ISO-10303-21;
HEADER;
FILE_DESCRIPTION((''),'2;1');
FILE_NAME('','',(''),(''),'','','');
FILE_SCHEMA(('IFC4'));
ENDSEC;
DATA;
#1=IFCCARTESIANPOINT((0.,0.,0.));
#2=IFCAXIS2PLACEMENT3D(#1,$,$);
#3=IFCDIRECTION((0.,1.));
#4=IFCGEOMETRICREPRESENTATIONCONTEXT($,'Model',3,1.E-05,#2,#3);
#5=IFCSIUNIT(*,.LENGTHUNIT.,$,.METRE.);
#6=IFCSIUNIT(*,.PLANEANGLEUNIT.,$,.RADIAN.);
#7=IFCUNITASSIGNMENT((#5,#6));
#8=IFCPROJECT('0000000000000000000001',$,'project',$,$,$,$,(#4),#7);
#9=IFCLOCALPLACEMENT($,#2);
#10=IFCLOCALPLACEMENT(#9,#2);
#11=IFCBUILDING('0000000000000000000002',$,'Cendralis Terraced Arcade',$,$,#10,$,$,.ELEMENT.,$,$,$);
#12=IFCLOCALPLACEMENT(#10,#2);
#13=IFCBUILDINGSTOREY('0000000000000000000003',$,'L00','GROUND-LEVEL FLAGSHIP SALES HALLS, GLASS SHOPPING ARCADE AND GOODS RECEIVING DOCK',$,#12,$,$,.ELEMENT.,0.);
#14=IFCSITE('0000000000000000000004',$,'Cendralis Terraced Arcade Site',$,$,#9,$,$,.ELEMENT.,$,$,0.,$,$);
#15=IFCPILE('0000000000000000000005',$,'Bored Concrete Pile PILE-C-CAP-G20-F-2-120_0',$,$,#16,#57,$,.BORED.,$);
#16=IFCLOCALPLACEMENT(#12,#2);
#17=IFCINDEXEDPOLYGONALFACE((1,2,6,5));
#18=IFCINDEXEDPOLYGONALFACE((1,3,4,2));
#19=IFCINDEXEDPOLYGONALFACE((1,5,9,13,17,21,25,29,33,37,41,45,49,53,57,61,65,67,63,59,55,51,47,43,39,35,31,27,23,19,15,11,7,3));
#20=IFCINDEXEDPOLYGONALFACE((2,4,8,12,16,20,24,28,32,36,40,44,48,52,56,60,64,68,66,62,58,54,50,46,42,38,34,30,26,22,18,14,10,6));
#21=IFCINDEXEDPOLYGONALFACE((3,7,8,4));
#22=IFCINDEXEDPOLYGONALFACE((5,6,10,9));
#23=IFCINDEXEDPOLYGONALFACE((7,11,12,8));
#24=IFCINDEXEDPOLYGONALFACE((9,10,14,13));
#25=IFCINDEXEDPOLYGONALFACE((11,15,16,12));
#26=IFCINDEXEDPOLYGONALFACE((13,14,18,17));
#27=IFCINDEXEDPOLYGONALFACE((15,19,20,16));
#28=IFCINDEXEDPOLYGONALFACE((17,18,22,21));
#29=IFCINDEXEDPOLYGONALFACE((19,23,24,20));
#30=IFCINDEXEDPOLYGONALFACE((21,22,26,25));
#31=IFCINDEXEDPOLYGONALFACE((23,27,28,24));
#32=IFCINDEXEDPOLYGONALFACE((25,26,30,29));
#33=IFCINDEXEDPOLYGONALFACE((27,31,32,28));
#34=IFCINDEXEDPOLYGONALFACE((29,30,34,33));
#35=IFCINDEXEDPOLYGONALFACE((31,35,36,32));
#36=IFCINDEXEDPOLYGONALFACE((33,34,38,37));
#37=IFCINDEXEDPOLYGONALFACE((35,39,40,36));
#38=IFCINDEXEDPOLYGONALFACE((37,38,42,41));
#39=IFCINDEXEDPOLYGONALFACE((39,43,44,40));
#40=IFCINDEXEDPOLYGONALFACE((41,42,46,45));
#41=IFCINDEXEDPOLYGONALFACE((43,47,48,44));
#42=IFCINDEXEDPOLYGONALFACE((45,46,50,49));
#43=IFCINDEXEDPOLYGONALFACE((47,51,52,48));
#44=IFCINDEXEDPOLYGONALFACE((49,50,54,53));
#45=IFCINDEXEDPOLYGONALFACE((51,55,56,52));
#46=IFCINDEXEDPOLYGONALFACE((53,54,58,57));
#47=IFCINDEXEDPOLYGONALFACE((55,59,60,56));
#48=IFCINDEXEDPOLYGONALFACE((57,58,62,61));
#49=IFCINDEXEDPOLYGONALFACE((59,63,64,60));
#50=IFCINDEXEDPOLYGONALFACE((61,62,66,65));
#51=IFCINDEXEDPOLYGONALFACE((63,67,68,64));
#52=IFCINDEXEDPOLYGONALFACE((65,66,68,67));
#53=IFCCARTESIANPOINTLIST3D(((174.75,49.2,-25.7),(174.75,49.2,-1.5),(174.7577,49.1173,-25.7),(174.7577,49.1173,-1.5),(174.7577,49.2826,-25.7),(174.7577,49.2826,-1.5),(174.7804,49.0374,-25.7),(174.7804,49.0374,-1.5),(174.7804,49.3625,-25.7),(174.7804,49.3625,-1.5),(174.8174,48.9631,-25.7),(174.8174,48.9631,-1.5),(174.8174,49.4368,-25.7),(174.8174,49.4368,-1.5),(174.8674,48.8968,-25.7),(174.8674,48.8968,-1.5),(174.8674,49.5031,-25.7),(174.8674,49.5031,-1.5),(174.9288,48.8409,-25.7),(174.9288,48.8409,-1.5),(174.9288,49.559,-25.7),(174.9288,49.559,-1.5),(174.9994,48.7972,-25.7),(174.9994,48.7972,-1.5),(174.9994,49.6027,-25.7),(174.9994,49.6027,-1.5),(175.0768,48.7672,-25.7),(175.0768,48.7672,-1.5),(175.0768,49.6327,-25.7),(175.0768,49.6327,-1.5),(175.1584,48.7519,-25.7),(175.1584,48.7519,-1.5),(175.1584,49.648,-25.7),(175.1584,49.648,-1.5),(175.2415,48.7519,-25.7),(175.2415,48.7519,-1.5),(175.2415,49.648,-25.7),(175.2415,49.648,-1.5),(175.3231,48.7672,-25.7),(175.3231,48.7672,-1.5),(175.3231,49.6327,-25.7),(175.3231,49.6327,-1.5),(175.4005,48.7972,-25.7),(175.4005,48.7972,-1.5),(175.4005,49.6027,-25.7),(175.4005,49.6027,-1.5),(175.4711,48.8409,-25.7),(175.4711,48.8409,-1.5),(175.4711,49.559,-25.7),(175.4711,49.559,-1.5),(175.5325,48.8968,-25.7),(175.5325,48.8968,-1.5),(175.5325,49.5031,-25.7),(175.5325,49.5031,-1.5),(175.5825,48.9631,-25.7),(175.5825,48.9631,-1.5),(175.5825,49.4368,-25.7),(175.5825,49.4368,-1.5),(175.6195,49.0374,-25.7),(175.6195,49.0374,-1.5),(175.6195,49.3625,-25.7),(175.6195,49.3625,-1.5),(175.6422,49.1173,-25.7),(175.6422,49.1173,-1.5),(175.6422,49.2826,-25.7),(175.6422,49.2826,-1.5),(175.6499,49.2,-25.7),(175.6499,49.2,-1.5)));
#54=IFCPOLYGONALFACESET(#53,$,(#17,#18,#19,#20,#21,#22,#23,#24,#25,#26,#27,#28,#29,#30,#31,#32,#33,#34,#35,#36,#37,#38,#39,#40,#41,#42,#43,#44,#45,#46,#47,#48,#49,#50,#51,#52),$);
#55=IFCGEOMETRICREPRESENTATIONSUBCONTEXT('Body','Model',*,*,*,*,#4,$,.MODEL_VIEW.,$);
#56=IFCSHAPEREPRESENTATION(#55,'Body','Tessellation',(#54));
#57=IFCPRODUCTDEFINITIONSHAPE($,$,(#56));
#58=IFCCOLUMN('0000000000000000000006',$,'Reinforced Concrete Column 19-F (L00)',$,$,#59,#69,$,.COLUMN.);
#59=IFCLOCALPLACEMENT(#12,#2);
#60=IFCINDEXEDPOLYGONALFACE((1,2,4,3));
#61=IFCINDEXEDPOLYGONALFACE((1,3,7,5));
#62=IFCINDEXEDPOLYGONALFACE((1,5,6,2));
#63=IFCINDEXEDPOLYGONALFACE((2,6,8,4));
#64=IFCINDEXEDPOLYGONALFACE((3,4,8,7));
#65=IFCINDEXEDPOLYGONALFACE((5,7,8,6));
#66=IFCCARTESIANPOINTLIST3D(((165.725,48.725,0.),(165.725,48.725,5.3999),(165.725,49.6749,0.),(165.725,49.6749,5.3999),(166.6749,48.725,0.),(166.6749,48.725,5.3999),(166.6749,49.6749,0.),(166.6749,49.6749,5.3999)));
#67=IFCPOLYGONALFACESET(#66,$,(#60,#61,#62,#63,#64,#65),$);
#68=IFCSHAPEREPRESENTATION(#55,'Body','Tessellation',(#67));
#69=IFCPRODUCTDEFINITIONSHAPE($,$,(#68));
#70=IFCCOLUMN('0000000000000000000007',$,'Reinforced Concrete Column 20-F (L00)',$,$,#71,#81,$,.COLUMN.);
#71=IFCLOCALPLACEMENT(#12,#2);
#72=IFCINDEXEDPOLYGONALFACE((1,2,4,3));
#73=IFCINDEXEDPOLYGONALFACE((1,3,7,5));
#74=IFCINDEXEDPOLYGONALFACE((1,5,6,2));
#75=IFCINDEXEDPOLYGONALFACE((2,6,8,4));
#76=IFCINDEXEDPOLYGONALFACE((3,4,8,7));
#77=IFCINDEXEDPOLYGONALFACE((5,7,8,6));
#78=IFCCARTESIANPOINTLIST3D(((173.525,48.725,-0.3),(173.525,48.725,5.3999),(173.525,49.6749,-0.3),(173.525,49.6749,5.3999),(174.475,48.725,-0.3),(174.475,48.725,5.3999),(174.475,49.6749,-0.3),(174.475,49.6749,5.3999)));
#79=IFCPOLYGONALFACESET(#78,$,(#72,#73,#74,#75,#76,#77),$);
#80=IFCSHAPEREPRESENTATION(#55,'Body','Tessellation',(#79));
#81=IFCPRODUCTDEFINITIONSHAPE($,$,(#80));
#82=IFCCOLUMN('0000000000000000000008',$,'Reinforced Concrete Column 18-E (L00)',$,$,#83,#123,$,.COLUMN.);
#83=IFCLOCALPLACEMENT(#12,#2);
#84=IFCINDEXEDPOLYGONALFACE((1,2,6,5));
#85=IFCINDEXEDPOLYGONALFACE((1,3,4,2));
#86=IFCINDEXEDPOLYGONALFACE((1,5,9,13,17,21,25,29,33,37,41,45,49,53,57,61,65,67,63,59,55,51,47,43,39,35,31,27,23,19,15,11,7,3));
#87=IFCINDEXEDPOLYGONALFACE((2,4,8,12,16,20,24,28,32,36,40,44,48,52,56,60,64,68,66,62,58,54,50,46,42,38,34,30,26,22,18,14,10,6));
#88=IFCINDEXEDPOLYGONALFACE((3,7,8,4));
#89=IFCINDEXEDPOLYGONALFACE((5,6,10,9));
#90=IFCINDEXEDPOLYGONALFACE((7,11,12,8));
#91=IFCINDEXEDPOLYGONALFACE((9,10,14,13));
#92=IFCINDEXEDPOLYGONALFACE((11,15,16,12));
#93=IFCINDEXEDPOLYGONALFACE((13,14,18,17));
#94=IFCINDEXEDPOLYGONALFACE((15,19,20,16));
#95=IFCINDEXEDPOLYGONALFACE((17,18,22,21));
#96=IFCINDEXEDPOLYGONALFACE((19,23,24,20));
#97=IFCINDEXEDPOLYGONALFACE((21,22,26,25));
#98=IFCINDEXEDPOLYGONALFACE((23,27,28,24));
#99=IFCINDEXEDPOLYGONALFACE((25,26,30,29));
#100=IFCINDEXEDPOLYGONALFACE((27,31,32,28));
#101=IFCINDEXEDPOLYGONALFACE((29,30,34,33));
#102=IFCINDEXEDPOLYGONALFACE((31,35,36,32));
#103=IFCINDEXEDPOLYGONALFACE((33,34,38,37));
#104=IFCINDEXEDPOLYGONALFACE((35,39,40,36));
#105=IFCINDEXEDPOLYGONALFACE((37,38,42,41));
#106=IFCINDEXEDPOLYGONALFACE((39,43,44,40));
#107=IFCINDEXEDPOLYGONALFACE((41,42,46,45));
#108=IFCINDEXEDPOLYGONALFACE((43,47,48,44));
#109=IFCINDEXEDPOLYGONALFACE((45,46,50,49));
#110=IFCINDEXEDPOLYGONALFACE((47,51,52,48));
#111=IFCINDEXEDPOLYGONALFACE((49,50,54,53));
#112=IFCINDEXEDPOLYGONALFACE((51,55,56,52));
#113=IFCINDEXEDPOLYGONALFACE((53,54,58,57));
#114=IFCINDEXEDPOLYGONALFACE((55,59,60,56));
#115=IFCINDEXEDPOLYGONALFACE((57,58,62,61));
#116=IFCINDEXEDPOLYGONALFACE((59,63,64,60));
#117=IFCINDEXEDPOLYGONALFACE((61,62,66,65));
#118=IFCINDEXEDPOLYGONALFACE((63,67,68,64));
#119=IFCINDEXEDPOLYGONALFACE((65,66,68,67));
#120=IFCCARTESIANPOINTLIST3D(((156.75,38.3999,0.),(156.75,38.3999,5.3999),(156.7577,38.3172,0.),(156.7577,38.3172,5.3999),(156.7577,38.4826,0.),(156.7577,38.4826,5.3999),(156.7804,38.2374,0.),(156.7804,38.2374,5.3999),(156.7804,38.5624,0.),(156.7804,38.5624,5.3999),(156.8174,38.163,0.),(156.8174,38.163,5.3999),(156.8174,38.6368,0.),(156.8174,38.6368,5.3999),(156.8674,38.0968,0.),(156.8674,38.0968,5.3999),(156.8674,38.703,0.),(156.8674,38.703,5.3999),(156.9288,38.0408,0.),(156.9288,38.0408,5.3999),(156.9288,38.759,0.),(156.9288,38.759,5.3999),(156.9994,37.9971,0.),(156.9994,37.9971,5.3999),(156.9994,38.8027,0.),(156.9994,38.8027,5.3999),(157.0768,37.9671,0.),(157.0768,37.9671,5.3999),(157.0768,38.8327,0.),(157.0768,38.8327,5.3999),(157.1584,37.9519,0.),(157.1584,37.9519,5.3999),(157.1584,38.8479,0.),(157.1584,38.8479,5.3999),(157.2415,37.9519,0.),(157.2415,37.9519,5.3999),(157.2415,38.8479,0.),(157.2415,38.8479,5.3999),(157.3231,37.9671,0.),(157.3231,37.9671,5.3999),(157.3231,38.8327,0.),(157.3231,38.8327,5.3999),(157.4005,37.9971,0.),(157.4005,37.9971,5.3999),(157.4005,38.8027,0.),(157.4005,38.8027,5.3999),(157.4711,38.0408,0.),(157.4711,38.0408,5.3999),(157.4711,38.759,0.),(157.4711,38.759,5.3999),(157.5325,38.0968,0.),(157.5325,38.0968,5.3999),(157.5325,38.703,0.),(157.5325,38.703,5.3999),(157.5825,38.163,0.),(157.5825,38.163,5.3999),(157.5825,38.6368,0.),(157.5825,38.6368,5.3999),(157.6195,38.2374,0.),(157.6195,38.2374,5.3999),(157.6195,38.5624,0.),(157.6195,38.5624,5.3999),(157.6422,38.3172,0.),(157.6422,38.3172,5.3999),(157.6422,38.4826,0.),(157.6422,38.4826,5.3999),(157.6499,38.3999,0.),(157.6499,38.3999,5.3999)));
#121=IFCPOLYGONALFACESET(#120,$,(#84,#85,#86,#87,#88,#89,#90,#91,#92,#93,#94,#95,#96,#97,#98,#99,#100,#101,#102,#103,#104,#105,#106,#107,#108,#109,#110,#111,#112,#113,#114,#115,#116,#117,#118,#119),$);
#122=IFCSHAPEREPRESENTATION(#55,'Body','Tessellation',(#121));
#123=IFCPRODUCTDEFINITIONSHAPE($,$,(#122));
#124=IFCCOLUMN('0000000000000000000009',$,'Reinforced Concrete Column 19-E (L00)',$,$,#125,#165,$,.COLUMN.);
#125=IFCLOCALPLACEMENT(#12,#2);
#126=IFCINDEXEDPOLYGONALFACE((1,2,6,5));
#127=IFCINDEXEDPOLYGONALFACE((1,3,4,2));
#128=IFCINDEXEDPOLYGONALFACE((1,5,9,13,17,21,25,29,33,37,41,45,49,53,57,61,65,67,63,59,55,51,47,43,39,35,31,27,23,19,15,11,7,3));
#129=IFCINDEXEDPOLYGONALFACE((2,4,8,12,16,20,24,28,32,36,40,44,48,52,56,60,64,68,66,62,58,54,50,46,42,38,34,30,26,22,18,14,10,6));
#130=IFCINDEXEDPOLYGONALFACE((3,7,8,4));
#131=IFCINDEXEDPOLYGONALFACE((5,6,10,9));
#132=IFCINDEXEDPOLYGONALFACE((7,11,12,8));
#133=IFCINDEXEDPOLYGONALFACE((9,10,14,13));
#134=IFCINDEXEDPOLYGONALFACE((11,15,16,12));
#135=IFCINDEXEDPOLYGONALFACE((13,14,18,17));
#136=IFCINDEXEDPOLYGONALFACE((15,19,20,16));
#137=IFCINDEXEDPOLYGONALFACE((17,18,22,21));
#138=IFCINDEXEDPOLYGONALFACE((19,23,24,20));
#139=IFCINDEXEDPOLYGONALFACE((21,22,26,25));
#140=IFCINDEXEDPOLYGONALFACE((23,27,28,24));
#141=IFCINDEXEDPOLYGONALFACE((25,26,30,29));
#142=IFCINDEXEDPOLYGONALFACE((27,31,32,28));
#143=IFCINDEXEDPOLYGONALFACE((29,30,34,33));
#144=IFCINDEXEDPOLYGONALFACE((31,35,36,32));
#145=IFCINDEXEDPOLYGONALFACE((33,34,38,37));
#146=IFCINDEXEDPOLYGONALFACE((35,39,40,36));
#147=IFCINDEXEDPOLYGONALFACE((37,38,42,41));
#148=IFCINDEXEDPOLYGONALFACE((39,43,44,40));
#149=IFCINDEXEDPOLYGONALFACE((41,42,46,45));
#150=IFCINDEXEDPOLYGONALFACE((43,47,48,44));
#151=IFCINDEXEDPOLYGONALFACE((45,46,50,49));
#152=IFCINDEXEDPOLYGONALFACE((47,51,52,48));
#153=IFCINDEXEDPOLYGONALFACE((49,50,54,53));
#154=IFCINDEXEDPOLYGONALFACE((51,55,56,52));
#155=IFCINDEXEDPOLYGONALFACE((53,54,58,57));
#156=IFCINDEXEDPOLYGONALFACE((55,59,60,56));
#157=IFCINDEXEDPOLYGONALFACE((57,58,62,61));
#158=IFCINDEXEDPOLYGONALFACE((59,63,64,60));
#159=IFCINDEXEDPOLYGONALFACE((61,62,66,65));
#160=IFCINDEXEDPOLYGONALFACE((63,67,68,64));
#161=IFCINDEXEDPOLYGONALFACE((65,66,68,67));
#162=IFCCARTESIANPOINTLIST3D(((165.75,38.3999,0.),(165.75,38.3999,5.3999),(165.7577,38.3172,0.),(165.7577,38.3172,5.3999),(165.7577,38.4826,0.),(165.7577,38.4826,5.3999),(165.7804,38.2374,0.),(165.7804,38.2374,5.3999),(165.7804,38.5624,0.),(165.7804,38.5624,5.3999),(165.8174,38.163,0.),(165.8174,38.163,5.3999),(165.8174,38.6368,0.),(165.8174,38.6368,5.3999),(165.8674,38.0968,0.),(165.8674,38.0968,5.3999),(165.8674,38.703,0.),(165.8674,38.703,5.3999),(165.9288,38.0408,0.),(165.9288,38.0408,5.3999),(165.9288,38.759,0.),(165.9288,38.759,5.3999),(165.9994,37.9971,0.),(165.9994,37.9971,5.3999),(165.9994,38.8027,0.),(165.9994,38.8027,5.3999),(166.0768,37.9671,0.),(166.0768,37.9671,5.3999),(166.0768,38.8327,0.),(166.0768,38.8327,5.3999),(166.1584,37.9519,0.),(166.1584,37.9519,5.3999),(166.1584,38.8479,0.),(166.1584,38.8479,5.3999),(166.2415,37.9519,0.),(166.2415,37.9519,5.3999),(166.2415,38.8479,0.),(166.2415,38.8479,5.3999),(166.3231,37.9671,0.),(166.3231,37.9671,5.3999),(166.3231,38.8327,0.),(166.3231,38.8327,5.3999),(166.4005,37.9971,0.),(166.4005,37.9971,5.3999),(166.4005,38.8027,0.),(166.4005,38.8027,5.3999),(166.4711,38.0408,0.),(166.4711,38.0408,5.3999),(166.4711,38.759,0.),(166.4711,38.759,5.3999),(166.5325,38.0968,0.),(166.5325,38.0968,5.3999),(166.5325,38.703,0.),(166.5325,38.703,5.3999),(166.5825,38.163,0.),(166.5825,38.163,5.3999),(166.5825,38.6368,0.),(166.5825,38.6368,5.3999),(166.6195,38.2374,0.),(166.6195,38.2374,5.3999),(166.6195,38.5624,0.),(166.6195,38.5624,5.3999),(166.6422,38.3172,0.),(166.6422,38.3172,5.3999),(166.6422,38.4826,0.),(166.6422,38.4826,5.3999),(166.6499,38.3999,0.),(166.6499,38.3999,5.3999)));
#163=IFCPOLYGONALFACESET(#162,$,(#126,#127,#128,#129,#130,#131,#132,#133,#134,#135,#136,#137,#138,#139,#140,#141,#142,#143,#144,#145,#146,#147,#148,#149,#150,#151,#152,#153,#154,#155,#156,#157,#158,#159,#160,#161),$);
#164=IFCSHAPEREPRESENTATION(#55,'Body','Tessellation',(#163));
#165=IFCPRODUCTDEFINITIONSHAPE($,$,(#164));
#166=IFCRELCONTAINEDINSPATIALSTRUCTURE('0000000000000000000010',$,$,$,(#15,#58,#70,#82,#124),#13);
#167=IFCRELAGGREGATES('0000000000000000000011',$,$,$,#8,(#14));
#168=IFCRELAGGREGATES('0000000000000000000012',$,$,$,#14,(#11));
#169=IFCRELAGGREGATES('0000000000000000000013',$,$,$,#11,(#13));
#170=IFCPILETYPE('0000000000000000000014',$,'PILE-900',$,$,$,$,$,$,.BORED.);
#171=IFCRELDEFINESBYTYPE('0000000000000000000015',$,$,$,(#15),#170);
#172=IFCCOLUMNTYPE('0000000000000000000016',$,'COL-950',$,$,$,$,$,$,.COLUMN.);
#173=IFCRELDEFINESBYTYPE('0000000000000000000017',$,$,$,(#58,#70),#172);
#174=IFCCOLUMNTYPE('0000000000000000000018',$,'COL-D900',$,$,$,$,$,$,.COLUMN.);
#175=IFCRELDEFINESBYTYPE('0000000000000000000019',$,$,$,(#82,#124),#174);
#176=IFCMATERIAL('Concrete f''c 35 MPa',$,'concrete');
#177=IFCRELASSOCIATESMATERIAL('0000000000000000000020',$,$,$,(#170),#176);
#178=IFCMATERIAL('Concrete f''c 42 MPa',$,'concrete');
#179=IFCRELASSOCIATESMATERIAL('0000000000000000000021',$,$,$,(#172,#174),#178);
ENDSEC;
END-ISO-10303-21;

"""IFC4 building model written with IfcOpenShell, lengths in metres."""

from ifc_helpers import new_model, si_unit, direction, frame, origin, origin_2d, place, context, subcontext, project, spatial, rectangle, circle, extrude, material, material_profile, profile_set, type_object, element, save


model = new_model("IFC4")

# Units and contexts
model_context = context("Model", 3, precision=1e-05, world=origin(), true_north=direction((0.0, 1.0)))
body_context = subcontext(model_context, "Body", "Model", "MODEL_VIEW")
ifc_project = project(units=[si_unit("LENGTHUNIT", "METRE"), si_unit("PLANEANGLEUNIT", "RADIAN")], contexts=[model_context])

# Site, building, storey
site_placement = place(None, origin())
site = spatial("IfcSite", under=ifc_project, at=site_placement, Name="Cendralis Terraced Arcade Site", CompositionType="ELEMENT", RefElevation=0.0)
building_placement = place(site_placement, origin())
building = spatial("IfcBuilding", under=site, at=building_placement, Name="Cendralis Terraced Arcade", CompositionType="ELEMENT")
storey_placement = place(building_placement, origin())
storey = spatial("IfcBuildingStorey", under=building, at=storey_placement, Name="L00", Description="GROUND-LEVEL FLAGSHIP SALES HALLS, GLASS SHOPPING ARCADE AND GOODS RECEIVING DOCK", CompositionType="ELEMENT", Elevation=0.0)

# Shared definitions
ifc_material_1 = material(Name="Concrete f'c 35 MPa", Category="concrete")

# Pile
ifc_material_profile_1 = material_profile(ifc_material_1, circle(Radius=0.45, at=origin_2d()), Name="PILE-D900", Category="LoadBearing")
ifc_profile_set_1 = profile_set([ifc_material_profile_1], Name="Concrete f'c 35 MPa")
pile_type = type_object("IfcPileType", Name="PILE-900", PredefinedType="BORED", material=ifc_profile_set_1)
for number, where, z_axis, x_axis, name in (
    (1, (175.2, 49.2, -1.5), (0.0, 0.0, -1.0), (1.0, 0.0, 0.0), "Bored Concrete Pile PILE-C-CAP-G20-F-2-120_0"),
):
    element("IfcPile", number, at=place(storey_placement, frame(where, z_axis=z_axis, x_axis=x_axis)), inside=storey, type_object=pile_type, Name=name, PredefinedType="BORED", context=body_context, shape_type="SweptSolid", body=[
        extrude(circle(Radius=0.45, at=origin_2d()), origin(), (0.0, 0.0, 1.0), 24.2),
    ])

# Columns
ifc_material_2 = material(Name="Concrete f'c 42 MPa", Category="concrete")
ifc_material_profile_2 = material_profile(ifc_material_2, rectangle(XDim=0.95, YDim=0.95, at=origin_2d()), Name="RC-COL-950x950", Category="LoadBearing")
ifc_profile_set_2 = profile_set([ifc_material_profile_2], Name="Concrete f'c 42 MPa")
column_type_1 = type_object("IfcColumnType", Name="COL-950", PredefinedType="COLUMN", material=ifc_profile_set_2)
column_1_placement = place(storey_placement, frame((166.2, 49.2, 0.0), z_axis=(0.0, 0.0, 1.0), x_axis=(1.0, 0.0, 0.0)))
element("IfcColumn", 2, at=column_1_placement, inside=storey, type_object=column_type_1, Name="Reinforced Concrete Column 19-F (L00)", PredefinedType="COLUMN", context=body_context, shape_type="SweptSolid", body=[
    extrude(rectangle(XDim=0.95, YDim=0.95, at=origin_2d()), origin(), (0.0, 0.0, 1.0), 5.3999),
])
column_2_placement = place(storey_placement, frame((174.0, 49.2, -0.3), z_axis=(0.0, 0.0, 1.0), x_axis=(1.0, 0.0, 0.0)))
element("IfcColumn", 3, at=column_2_placement, inside=storey, type_object=column_type_1, Name="Reinforced Concrete Column 20-F (L00)", PredefinedType="COLUMN", context=body_context, shape_type="SweptSolid", body=[
    extrude(rectangle(XDim=0.95, YDim=0.95, at=origin_2d()), origin(), (0.0, 0.0, 1.0), 5.7),
])
ifc_material_profile_3 = material_profile(ifc_material_2, circle(Radius=0.45, at=origin_2d()), Name="RC-COL-D900", Category="LoadBearing")
ifc_profile_set_3 = profile_set([ifc_material_profile_3], Name="Concrete f'c 42 MPa")
column_type_2 = type_object("IfcColumnType", Name="COL-D900", PredefinedType="COLUMN", material=ifc_profile_set_3)
for number, where, z_axis, x_axis, name in (
    (4, (157.2, 38.3999, 0.0), (0.0, 0.0, 1.0), (1.0, 0.0, 0.0), "Reinforced Concrete Column 18-E (L00)"),
    (5, (166.2, 38.3999, 0.0), (0.0, 0.0, 1.0), (1.0, 0.0, 0.0), "Reinforced Concrete Column 19-E (L00)"),
):
    element("IfcColumn", number, at=place(storey_placement, frame(where, z_axis=z_axis, x_axis=x_axis)), inside=storey, type_object=column_type_2, Name=name, PredefinedType="COLUMN", context=body_context, shape_type="SweptSolid", body=[
        extrude(circle(Radius=0.45, at=origin_2d()), origin(), (0.0, 0.0, 1.0), 5.3999),
    ])

save(model, "model.ifc")
